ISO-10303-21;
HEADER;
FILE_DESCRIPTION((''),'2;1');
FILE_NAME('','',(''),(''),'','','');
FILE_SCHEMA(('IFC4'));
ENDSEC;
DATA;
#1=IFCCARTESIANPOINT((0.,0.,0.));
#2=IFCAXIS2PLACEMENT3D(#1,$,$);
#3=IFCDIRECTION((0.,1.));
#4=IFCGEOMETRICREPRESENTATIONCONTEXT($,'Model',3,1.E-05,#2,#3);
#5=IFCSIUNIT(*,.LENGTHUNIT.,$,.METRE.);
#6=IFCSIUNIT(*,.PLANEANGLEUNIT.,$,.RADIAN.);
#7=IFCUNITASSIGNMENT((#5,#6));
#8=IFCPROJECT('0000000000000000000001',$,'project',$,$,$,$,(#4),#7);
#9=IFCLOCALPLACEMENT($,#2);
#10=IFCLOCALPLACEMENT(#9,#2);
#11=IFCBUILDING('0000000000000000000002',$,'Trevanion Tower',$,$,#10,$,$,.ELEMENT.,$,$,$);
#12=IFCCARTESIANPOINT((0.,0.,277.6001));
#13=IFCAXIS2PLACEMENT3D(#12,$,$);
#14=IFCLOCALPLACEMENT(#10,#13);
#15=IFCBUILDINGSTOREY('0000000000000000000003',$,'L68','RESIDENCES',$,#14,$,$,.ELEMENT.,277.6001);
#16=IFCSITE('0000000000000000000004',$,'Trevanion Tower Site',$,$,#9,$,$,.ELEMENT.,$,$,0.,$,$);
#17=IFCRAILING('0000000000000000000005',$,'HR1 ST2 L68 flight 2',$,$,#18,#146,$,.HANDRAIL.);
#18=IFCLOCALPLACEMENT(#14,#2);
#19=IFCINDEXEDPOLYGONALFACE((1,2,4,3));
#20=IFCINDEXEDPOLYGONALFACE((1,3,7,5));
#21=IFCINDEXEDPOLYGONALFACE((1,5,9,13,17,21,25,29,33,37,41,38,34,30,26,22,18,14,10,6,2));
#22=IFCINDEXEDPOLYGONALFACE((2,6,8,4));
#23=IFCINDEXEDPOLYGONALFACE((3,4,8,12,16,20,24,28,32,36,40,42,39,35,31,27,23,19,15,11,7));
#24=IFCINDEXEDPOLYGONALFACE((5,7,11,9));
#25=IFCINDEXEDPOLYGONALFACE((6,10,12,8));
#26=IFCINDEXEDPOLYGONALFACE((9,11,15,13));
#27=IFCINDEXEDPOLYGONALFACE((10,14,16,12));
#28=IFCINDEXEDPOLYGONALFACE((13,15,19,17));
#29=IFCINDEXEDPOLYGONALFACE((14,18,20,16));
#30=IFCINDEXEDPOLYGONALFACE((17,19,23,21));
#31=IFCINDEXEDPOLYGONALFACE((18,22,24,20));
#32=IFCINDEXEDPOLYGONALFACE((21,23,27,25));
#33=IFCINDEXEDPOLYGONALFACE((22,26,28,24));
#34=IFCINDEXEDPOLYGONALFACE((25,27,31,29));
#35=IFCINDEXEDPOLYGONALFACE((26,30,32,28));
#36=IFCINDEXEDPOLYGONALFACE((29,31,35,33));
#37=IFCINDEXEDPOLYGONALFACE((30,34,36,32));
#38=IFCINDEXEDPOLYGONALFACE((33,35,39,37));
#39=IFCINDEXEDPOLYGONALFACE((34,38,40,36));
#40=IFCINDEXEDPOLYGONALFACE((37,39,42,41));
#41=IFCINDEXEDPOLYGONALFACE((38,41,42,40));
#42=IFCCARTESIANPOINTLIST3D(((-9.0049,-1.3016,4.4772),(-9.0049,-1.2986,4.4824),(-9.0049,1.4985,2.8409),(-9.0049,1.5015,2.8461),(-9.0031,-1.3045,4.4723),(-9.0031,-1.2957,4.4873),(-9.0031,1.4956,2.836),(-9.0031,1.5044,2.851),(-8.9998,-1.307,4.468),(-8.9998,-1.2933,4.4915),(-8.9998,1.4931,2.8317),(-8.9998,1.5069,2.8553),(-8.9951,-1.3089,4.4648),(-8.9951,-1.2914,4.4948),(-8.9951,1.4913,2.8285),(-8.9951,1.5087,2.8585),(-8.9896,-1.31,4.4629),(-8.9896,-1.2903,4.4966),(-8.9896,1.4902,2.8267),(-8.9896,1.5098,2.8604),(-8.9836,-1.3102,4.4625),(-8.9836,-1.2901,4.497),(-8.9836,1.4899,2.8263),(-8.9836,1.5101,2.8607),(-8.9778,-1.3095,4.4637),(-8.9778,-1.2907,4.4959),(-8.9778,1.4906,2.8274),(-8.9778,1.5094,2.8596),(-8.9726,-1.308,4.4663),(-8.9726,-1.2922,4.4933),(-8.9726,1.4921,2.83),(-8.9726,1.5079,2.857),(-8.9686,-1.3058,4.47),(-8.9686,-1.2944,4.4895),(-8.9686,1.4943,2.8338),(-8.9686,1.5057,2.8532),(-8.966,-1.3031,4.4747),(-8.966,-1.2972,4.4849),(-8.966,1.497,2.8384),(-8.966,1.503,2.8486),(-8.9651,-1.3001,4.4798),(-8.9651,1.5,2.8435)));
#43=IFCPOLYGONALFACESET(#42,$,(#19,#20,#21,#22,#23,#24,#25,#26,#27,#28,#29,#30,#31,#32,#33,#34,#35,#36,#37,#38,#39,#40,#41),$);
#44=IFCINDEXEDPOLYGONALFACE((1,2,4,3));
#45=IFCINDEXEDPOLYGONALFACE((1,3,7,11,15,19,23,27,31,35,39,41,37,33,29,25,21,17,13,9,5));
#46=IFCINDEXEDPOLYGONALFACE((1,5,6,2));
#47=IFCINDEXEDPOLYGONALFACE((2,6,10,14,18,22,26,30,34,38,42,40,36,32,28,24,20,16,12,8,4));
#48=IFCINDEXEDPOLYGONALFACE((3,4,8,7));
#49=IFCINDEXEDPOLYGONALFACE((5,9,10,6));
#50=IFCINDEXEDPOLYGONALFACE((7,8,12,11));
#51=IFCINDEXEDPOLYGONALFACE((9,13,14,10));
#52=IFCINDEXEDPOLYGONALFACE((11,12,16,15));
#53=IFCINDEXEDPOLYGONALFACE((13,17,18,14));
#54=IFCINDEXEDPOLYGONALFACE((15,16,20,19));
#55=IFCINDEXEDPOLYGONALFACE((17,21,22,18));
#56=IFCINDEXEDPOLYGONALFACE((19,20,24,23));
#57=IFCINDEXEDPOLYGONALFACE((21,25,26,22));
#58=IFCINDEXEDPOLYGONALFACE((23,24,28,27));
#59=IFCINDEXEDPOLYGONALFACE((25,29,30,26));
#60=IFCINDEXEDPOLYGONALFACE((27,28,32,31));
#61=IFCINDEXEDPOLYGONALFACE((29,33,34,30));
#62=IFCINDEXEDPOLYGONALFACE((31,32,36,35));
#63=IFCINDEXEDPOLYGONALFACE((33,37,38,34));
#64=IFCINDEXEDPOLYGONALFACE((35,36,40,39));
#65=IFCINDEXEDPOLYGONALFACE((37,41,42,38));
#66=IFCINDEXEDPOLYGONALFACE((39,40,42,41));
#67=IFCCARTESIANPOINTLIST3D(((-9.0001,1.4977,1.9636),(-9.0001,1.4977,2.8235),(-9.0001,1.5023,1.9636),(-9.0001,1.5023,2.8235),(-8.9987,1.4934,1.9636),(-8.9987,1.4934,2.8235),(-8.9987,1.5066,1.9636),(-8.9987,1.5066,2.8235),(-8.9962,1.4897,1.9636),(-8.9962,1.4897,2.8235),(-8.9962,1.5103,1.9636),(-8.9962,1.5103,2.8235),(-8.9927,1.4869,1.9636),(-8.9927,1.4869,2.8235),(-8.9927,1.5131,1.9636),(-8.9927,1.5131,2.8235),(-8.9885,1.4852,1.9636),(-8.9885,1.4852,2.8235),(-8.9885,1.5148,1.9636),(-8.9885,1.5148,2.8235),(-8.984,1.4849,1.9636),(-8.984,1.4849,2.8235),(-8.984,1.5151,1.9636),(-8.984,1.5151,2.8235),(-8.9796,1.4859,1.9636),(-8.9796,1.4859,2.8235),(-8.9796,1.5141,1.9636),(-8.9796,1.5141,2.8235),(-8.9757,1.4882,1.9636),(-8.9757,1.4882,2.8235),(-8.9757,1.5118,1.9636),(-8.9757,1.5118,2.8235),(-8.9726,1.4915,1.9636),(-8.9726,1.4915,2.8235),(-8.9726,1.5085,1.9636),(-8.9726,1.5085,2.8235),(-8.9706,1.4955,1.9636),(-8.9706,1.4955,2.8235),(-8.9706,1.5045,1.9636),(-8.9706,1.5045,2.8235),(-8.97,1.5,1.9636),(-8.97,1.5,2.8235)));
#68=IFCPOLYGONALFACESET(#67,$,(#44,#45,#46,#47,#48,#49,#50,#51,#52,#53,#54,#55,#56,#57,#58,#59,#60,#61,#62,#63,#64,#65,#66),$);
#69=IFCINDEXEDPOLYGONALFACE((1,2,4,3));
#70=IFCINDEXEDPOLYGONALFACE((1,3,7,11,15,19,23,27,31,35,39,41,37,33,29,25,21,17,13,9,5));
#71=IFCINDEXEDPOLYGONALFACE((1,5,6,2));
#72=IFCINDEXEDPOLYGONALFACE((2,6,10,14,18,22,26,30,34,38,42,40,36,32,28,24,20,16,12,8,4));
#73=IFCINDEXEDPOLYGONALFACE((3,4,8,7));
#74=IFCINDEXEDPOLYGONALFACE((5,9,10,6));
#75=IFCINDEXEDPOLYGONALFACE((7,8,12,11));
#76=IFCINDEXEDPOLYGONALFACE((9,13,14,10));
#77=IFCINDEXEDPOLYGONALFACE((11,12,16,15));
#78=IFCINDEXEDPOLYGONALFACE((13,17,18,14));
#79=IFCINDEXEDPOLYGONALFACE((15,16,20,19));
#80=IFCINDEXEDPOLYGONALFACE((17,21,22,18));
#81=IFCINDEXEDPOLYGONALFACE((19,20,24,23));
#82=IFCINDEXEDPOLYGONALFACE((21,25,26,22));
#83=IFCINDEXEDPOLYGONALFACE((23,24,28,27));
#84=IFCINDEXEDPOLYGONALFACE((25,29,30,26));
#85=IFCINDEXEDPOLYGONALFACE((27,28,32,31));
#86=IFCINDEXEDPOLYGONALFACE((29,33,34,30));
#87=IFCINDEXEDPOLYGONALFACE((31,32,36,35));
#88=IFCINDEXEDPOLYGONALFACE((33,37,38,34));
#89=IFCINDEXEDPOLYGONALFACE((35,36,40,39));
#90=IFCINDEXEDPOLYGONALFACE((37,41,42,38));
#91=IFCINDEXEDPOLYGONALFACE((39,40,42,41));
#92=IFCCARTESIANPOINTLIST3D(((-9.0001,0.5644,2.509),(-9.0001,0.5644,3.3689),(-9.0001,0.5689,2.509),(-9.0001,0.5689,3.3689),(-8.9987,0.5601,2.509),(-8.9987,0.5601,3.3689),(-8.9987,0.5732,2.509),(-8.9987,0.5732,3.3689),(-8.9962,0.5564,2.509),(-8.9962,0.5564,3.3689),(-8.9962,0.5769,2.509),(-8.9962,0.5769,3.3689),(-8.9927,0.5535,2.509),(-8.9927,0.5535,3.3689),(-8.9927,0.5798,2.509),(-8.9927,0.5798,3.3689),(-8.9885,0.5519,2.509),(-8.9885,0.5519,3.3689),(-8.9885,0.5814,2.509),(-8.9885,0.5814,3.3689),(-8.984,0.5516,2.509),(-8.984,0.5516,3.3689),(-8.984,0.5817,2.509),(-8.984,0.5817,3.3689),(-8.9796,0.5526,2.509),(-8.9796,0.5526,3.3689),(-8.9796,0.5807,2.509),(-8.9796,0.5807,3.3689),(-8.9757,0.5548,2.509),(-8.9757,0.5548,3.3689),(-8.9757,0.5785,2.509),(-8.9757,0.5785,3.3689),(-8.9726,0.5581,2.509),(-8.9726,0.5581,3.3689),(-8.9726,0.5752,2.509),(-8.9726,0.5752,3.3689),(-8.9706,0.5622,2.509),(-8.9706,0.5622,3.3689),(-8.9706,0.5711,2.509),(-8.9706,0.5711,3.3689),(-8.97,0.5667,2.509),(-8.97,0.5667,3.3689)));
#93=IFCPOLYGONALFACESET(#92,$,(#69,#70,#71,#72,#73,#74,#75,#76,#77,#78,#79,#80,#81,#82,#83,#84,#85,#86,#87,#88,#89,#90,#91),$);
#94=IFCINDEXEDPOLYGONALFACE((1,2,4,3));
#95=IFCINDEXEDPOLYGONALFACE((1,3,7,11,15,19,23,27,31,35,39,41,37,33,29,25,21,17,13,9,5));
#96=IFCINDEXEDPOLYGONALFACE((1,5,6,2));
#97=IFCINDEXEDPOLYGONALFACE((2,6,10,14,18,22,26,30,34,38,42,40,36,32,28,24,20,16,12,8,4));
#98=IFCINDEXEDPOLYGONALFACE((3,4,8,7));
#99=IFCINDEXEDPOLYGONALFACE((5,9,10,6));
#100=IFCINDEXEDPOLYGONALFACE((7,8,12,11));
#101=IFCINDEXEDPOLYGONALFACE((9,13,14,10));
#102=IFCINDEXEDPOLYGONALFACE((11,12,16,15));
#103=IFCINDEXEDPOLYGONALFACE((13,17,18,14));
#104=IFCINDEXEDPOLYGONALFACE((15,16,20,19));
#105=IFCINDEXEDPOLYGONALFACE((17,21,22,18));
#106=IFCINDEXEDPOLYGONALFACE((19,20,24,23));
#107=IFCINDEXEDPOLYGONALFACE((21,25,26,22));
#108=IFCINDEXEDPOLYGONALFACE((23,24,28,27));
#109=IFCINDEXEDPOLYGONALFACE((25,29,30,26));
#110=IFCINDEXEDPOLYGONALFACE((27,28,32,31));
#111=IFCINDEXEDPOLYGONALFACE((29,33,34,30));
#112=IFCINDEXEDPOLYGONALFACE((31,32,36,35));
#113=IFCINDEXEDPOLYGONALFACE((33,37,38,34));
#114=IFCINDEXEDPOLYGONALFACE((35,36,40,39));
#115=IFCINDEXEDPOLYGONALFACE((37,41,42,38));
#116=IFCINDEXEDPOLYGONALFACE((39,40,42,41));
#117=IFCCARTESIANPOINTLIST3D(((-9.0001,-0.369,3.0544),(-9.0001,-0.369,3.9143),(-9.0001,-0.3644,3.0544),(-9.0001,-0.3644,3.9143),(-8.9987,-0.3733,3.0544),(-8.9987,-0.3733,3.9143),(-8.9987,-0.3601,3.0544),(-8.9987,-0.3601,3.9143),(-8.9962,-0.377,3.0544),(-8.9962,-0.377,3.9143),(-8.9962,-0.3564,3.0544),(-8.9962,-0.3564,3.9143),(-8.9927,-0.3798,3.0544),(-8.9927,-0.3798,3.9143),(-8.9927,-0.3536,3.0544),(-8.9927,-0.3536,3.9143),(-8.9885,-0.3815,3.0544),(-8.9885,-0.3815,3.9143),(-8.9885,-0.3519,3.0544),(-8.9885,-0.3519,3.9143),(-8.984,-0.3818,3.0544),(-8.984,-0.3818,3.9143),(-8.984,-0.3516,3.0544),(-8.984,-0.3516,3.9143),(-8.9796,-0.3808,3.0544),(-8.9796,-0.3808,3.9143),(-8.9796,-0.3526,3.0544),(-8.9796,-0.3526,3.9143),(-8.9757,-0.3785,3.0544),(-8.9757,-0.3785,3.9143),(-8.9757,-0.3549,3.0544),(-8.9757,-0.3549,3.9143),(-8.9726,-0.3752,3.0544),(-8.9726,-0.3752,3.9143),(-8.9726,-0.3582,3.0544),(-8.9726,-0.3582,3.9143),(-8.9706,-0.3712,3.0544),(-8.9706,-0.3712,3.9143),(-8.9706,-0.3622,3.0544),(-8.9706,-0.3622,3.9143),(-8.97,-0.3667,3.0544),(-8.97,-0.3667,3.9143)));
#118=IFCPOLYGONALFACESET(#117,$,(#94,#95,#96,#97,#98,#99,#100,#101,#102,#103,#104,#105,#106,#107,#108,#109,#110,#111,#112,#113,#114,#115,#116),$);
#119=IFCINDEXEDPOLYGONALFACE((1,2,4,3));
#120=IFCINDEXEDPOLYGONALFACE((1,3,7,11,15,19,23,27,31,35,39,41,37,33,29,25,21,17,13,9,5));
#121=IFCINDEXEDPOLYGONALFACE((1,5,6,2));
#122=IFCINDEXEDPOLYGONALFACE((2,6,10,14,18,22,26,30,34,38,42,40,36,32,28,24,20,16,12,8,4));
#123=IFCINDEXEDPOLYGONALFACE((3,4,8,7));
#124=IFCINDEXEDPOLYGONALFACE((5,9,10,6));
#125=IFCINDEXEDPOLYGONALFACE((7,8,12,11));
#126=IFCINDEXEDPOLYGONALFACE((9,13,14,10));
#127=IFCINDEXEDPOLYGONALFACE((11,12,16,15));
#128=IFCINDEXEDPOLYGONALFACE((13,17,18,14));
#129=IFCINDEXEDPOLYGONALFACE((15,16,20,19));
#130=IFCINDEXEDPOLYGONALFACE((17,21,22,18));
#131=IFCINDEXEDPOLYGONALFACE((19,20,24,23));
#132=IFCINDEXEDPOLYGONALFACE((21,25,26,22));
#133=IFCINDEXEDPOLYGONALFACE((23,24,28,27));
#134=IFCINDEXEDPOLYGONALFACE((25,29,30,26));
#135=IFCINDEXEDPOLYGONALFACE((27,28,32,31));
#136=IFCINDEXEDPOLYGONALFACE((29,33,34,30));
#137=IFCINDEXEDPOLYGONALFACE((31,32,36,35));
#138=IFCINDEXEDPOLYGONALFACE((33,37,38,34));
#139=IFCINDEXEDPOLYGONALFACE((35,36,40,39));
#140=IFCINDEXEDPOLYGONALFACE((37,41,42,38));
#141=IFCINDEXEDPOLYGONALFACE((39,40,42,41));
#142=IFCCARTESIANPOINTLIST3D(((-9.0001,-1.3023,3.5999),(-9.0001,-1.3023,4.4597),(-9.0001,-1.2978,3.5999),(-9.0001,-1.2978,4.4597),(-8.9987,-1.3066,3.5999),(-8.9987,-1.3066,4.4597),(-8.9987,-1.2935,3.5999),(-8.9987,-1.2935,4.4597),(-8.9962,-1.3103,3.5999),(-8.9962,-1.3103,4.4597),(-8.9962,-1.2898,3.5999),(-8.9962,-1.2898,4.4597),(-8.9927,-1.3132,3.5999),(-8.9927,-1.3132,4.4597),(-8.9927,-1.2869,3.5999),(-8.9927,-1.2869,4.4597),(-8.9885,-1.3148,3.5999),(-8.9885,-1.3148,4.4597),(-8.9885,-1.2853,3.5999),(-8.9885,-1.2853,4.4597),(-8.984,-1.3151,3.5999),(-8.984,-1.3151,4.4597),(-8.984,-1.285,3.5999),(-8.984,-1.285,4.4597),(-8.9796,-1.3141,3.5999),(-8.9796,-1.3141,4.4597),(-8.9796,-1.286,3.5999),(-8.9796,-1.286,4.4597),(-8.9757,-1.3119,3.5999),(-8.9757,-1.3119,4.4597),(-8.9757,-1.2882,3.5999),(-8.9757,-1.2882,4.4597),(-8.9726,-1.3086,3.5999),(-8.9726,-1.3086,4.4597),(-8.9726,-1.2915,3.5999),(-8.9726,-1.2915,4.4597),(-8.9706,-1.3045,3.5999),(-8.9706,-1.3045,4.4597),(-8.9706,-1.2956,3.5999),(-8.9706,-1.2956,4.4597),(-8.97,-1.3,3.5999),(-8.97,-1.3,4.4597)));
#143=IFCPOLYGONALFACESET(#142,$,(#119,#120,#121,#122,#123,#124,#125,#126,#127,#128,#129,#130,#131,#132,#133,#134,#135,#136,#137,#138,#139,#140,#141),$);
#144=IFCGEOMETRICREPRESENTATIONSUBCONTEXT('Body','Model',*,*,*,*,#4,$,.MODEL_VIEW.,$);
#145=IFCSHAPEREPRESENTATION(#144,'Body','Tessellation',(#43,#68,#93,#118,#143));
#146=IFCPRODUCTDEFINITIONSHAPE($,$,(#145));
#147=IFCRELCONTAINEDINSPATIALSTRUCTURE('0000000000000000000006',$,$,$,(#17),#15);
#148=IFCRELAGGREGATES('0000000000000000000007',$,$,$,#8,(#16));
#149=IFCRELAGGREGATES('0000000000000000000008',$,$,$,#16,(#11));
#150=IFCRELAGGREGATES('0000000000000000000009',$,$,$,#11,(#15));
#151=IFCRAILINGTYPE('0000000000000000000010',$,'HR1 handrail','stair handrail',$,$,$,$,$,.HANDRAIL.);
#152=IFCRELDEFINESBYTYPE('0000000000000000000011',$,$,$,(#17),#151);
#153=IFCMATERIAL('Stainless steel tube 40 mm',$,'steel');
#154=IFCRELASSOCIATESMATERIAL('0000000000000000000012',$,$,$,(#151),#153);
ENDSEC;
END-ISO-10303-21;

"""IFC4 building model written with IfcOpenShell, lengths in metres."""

from ifc_helpers import new_model, si_unit, direction, frame, origin, origin_2d, place, context, subcontext, project, spatial, circle, extrude, material, type_object, element, save


model = new_model("IFC4")

# Units and contexts
model_context = context("Model", 3, precision=1e-05, world=origin(), true_north=direction((0.0, 1.0)))
body_context = subcontext(model_context, "Body", "Model", "MODEL_VIEW")
ifc_project = project(units=[si_unit("LENGTHUNIT", "METRE"), si_unit("PLANEANGLEUNIT", "RADIAN")], contexts=[model_context])

# Site, building, storey
site_placement = place(None, origin())
site = spatial("IfcSite", under=ifc_project, at=site_placement, Name="Trevanion Tower Site", CompositionType="ELEMENT", RefElevation=0.0)
building_placement = place(site_placement, origin())
building = spatial("IfcBuilding", under=site, at=building_placement, Name="Trevanion Tower", CompositionType="ELEMENT")
storey_placement = place(building_placement, frame((0.0, 0.0, 277.6001)))
storey = spatial("IfcBuildingStorey", under=building, at=storey_placement, Name="L68", Description="RESIDENCES", CompositionType="ELEMENT", Elevation=277.6001)

# Railing
ifc_material_1 = material(Name="Stainless steel tube 40 mm", Category="steel")
railing_type = type_object("IfcRailingType", Name="HR1 handrail", Description="stair handrail", PredefinedType="HANDRAIL", material=ifc_material_1)
for number, where, name in (
    (1, (-8.9851, 1.5, 1.9636), "HR1 ST2 L68 flight 2"),
):
    element("IfcRailing", number, at=place(storey_placement, frame(where)), inside=storey, type_object=railing_type, Name=name, PredefinedType="HANDRAIL", context=body_context, shape_type="SweptSolid", body=[
        extrude(circle(Radius=0.02, at=origin_2d()), frame((0.0, 0.0, 0.8799), z_axis=(0.0, -0.863394, 0.504531), x_axis=(1.0, 0.0, 0.0)), (0.0, 0.0, 1.0), 3.2432),
        extrude(circle(Radius=0.0151, at=origin_2d()), origin(), (0.0, 0.0, 1.0), 0.8599),
        extrude(circle(Radius=0.0151, at=origin_2d()), frame((0.0, -0.9333, 0.5454)), (0.0, 0.0, 1.0), 0.8599),
        extrude(circle(Radius=0.0151, at=origin_2d()), frame((0.0, -1.8667, 1.0908)), (0.0, 0.0, 1.0), 0.8599),
        extrude(circle(Radius=0.0151, at=origin_2d()), frame((0.0, -2.8, 1.6362)), (0.0, 0.0, 1.0), 0.8599),
    ])

save(model, "model.ifc")
